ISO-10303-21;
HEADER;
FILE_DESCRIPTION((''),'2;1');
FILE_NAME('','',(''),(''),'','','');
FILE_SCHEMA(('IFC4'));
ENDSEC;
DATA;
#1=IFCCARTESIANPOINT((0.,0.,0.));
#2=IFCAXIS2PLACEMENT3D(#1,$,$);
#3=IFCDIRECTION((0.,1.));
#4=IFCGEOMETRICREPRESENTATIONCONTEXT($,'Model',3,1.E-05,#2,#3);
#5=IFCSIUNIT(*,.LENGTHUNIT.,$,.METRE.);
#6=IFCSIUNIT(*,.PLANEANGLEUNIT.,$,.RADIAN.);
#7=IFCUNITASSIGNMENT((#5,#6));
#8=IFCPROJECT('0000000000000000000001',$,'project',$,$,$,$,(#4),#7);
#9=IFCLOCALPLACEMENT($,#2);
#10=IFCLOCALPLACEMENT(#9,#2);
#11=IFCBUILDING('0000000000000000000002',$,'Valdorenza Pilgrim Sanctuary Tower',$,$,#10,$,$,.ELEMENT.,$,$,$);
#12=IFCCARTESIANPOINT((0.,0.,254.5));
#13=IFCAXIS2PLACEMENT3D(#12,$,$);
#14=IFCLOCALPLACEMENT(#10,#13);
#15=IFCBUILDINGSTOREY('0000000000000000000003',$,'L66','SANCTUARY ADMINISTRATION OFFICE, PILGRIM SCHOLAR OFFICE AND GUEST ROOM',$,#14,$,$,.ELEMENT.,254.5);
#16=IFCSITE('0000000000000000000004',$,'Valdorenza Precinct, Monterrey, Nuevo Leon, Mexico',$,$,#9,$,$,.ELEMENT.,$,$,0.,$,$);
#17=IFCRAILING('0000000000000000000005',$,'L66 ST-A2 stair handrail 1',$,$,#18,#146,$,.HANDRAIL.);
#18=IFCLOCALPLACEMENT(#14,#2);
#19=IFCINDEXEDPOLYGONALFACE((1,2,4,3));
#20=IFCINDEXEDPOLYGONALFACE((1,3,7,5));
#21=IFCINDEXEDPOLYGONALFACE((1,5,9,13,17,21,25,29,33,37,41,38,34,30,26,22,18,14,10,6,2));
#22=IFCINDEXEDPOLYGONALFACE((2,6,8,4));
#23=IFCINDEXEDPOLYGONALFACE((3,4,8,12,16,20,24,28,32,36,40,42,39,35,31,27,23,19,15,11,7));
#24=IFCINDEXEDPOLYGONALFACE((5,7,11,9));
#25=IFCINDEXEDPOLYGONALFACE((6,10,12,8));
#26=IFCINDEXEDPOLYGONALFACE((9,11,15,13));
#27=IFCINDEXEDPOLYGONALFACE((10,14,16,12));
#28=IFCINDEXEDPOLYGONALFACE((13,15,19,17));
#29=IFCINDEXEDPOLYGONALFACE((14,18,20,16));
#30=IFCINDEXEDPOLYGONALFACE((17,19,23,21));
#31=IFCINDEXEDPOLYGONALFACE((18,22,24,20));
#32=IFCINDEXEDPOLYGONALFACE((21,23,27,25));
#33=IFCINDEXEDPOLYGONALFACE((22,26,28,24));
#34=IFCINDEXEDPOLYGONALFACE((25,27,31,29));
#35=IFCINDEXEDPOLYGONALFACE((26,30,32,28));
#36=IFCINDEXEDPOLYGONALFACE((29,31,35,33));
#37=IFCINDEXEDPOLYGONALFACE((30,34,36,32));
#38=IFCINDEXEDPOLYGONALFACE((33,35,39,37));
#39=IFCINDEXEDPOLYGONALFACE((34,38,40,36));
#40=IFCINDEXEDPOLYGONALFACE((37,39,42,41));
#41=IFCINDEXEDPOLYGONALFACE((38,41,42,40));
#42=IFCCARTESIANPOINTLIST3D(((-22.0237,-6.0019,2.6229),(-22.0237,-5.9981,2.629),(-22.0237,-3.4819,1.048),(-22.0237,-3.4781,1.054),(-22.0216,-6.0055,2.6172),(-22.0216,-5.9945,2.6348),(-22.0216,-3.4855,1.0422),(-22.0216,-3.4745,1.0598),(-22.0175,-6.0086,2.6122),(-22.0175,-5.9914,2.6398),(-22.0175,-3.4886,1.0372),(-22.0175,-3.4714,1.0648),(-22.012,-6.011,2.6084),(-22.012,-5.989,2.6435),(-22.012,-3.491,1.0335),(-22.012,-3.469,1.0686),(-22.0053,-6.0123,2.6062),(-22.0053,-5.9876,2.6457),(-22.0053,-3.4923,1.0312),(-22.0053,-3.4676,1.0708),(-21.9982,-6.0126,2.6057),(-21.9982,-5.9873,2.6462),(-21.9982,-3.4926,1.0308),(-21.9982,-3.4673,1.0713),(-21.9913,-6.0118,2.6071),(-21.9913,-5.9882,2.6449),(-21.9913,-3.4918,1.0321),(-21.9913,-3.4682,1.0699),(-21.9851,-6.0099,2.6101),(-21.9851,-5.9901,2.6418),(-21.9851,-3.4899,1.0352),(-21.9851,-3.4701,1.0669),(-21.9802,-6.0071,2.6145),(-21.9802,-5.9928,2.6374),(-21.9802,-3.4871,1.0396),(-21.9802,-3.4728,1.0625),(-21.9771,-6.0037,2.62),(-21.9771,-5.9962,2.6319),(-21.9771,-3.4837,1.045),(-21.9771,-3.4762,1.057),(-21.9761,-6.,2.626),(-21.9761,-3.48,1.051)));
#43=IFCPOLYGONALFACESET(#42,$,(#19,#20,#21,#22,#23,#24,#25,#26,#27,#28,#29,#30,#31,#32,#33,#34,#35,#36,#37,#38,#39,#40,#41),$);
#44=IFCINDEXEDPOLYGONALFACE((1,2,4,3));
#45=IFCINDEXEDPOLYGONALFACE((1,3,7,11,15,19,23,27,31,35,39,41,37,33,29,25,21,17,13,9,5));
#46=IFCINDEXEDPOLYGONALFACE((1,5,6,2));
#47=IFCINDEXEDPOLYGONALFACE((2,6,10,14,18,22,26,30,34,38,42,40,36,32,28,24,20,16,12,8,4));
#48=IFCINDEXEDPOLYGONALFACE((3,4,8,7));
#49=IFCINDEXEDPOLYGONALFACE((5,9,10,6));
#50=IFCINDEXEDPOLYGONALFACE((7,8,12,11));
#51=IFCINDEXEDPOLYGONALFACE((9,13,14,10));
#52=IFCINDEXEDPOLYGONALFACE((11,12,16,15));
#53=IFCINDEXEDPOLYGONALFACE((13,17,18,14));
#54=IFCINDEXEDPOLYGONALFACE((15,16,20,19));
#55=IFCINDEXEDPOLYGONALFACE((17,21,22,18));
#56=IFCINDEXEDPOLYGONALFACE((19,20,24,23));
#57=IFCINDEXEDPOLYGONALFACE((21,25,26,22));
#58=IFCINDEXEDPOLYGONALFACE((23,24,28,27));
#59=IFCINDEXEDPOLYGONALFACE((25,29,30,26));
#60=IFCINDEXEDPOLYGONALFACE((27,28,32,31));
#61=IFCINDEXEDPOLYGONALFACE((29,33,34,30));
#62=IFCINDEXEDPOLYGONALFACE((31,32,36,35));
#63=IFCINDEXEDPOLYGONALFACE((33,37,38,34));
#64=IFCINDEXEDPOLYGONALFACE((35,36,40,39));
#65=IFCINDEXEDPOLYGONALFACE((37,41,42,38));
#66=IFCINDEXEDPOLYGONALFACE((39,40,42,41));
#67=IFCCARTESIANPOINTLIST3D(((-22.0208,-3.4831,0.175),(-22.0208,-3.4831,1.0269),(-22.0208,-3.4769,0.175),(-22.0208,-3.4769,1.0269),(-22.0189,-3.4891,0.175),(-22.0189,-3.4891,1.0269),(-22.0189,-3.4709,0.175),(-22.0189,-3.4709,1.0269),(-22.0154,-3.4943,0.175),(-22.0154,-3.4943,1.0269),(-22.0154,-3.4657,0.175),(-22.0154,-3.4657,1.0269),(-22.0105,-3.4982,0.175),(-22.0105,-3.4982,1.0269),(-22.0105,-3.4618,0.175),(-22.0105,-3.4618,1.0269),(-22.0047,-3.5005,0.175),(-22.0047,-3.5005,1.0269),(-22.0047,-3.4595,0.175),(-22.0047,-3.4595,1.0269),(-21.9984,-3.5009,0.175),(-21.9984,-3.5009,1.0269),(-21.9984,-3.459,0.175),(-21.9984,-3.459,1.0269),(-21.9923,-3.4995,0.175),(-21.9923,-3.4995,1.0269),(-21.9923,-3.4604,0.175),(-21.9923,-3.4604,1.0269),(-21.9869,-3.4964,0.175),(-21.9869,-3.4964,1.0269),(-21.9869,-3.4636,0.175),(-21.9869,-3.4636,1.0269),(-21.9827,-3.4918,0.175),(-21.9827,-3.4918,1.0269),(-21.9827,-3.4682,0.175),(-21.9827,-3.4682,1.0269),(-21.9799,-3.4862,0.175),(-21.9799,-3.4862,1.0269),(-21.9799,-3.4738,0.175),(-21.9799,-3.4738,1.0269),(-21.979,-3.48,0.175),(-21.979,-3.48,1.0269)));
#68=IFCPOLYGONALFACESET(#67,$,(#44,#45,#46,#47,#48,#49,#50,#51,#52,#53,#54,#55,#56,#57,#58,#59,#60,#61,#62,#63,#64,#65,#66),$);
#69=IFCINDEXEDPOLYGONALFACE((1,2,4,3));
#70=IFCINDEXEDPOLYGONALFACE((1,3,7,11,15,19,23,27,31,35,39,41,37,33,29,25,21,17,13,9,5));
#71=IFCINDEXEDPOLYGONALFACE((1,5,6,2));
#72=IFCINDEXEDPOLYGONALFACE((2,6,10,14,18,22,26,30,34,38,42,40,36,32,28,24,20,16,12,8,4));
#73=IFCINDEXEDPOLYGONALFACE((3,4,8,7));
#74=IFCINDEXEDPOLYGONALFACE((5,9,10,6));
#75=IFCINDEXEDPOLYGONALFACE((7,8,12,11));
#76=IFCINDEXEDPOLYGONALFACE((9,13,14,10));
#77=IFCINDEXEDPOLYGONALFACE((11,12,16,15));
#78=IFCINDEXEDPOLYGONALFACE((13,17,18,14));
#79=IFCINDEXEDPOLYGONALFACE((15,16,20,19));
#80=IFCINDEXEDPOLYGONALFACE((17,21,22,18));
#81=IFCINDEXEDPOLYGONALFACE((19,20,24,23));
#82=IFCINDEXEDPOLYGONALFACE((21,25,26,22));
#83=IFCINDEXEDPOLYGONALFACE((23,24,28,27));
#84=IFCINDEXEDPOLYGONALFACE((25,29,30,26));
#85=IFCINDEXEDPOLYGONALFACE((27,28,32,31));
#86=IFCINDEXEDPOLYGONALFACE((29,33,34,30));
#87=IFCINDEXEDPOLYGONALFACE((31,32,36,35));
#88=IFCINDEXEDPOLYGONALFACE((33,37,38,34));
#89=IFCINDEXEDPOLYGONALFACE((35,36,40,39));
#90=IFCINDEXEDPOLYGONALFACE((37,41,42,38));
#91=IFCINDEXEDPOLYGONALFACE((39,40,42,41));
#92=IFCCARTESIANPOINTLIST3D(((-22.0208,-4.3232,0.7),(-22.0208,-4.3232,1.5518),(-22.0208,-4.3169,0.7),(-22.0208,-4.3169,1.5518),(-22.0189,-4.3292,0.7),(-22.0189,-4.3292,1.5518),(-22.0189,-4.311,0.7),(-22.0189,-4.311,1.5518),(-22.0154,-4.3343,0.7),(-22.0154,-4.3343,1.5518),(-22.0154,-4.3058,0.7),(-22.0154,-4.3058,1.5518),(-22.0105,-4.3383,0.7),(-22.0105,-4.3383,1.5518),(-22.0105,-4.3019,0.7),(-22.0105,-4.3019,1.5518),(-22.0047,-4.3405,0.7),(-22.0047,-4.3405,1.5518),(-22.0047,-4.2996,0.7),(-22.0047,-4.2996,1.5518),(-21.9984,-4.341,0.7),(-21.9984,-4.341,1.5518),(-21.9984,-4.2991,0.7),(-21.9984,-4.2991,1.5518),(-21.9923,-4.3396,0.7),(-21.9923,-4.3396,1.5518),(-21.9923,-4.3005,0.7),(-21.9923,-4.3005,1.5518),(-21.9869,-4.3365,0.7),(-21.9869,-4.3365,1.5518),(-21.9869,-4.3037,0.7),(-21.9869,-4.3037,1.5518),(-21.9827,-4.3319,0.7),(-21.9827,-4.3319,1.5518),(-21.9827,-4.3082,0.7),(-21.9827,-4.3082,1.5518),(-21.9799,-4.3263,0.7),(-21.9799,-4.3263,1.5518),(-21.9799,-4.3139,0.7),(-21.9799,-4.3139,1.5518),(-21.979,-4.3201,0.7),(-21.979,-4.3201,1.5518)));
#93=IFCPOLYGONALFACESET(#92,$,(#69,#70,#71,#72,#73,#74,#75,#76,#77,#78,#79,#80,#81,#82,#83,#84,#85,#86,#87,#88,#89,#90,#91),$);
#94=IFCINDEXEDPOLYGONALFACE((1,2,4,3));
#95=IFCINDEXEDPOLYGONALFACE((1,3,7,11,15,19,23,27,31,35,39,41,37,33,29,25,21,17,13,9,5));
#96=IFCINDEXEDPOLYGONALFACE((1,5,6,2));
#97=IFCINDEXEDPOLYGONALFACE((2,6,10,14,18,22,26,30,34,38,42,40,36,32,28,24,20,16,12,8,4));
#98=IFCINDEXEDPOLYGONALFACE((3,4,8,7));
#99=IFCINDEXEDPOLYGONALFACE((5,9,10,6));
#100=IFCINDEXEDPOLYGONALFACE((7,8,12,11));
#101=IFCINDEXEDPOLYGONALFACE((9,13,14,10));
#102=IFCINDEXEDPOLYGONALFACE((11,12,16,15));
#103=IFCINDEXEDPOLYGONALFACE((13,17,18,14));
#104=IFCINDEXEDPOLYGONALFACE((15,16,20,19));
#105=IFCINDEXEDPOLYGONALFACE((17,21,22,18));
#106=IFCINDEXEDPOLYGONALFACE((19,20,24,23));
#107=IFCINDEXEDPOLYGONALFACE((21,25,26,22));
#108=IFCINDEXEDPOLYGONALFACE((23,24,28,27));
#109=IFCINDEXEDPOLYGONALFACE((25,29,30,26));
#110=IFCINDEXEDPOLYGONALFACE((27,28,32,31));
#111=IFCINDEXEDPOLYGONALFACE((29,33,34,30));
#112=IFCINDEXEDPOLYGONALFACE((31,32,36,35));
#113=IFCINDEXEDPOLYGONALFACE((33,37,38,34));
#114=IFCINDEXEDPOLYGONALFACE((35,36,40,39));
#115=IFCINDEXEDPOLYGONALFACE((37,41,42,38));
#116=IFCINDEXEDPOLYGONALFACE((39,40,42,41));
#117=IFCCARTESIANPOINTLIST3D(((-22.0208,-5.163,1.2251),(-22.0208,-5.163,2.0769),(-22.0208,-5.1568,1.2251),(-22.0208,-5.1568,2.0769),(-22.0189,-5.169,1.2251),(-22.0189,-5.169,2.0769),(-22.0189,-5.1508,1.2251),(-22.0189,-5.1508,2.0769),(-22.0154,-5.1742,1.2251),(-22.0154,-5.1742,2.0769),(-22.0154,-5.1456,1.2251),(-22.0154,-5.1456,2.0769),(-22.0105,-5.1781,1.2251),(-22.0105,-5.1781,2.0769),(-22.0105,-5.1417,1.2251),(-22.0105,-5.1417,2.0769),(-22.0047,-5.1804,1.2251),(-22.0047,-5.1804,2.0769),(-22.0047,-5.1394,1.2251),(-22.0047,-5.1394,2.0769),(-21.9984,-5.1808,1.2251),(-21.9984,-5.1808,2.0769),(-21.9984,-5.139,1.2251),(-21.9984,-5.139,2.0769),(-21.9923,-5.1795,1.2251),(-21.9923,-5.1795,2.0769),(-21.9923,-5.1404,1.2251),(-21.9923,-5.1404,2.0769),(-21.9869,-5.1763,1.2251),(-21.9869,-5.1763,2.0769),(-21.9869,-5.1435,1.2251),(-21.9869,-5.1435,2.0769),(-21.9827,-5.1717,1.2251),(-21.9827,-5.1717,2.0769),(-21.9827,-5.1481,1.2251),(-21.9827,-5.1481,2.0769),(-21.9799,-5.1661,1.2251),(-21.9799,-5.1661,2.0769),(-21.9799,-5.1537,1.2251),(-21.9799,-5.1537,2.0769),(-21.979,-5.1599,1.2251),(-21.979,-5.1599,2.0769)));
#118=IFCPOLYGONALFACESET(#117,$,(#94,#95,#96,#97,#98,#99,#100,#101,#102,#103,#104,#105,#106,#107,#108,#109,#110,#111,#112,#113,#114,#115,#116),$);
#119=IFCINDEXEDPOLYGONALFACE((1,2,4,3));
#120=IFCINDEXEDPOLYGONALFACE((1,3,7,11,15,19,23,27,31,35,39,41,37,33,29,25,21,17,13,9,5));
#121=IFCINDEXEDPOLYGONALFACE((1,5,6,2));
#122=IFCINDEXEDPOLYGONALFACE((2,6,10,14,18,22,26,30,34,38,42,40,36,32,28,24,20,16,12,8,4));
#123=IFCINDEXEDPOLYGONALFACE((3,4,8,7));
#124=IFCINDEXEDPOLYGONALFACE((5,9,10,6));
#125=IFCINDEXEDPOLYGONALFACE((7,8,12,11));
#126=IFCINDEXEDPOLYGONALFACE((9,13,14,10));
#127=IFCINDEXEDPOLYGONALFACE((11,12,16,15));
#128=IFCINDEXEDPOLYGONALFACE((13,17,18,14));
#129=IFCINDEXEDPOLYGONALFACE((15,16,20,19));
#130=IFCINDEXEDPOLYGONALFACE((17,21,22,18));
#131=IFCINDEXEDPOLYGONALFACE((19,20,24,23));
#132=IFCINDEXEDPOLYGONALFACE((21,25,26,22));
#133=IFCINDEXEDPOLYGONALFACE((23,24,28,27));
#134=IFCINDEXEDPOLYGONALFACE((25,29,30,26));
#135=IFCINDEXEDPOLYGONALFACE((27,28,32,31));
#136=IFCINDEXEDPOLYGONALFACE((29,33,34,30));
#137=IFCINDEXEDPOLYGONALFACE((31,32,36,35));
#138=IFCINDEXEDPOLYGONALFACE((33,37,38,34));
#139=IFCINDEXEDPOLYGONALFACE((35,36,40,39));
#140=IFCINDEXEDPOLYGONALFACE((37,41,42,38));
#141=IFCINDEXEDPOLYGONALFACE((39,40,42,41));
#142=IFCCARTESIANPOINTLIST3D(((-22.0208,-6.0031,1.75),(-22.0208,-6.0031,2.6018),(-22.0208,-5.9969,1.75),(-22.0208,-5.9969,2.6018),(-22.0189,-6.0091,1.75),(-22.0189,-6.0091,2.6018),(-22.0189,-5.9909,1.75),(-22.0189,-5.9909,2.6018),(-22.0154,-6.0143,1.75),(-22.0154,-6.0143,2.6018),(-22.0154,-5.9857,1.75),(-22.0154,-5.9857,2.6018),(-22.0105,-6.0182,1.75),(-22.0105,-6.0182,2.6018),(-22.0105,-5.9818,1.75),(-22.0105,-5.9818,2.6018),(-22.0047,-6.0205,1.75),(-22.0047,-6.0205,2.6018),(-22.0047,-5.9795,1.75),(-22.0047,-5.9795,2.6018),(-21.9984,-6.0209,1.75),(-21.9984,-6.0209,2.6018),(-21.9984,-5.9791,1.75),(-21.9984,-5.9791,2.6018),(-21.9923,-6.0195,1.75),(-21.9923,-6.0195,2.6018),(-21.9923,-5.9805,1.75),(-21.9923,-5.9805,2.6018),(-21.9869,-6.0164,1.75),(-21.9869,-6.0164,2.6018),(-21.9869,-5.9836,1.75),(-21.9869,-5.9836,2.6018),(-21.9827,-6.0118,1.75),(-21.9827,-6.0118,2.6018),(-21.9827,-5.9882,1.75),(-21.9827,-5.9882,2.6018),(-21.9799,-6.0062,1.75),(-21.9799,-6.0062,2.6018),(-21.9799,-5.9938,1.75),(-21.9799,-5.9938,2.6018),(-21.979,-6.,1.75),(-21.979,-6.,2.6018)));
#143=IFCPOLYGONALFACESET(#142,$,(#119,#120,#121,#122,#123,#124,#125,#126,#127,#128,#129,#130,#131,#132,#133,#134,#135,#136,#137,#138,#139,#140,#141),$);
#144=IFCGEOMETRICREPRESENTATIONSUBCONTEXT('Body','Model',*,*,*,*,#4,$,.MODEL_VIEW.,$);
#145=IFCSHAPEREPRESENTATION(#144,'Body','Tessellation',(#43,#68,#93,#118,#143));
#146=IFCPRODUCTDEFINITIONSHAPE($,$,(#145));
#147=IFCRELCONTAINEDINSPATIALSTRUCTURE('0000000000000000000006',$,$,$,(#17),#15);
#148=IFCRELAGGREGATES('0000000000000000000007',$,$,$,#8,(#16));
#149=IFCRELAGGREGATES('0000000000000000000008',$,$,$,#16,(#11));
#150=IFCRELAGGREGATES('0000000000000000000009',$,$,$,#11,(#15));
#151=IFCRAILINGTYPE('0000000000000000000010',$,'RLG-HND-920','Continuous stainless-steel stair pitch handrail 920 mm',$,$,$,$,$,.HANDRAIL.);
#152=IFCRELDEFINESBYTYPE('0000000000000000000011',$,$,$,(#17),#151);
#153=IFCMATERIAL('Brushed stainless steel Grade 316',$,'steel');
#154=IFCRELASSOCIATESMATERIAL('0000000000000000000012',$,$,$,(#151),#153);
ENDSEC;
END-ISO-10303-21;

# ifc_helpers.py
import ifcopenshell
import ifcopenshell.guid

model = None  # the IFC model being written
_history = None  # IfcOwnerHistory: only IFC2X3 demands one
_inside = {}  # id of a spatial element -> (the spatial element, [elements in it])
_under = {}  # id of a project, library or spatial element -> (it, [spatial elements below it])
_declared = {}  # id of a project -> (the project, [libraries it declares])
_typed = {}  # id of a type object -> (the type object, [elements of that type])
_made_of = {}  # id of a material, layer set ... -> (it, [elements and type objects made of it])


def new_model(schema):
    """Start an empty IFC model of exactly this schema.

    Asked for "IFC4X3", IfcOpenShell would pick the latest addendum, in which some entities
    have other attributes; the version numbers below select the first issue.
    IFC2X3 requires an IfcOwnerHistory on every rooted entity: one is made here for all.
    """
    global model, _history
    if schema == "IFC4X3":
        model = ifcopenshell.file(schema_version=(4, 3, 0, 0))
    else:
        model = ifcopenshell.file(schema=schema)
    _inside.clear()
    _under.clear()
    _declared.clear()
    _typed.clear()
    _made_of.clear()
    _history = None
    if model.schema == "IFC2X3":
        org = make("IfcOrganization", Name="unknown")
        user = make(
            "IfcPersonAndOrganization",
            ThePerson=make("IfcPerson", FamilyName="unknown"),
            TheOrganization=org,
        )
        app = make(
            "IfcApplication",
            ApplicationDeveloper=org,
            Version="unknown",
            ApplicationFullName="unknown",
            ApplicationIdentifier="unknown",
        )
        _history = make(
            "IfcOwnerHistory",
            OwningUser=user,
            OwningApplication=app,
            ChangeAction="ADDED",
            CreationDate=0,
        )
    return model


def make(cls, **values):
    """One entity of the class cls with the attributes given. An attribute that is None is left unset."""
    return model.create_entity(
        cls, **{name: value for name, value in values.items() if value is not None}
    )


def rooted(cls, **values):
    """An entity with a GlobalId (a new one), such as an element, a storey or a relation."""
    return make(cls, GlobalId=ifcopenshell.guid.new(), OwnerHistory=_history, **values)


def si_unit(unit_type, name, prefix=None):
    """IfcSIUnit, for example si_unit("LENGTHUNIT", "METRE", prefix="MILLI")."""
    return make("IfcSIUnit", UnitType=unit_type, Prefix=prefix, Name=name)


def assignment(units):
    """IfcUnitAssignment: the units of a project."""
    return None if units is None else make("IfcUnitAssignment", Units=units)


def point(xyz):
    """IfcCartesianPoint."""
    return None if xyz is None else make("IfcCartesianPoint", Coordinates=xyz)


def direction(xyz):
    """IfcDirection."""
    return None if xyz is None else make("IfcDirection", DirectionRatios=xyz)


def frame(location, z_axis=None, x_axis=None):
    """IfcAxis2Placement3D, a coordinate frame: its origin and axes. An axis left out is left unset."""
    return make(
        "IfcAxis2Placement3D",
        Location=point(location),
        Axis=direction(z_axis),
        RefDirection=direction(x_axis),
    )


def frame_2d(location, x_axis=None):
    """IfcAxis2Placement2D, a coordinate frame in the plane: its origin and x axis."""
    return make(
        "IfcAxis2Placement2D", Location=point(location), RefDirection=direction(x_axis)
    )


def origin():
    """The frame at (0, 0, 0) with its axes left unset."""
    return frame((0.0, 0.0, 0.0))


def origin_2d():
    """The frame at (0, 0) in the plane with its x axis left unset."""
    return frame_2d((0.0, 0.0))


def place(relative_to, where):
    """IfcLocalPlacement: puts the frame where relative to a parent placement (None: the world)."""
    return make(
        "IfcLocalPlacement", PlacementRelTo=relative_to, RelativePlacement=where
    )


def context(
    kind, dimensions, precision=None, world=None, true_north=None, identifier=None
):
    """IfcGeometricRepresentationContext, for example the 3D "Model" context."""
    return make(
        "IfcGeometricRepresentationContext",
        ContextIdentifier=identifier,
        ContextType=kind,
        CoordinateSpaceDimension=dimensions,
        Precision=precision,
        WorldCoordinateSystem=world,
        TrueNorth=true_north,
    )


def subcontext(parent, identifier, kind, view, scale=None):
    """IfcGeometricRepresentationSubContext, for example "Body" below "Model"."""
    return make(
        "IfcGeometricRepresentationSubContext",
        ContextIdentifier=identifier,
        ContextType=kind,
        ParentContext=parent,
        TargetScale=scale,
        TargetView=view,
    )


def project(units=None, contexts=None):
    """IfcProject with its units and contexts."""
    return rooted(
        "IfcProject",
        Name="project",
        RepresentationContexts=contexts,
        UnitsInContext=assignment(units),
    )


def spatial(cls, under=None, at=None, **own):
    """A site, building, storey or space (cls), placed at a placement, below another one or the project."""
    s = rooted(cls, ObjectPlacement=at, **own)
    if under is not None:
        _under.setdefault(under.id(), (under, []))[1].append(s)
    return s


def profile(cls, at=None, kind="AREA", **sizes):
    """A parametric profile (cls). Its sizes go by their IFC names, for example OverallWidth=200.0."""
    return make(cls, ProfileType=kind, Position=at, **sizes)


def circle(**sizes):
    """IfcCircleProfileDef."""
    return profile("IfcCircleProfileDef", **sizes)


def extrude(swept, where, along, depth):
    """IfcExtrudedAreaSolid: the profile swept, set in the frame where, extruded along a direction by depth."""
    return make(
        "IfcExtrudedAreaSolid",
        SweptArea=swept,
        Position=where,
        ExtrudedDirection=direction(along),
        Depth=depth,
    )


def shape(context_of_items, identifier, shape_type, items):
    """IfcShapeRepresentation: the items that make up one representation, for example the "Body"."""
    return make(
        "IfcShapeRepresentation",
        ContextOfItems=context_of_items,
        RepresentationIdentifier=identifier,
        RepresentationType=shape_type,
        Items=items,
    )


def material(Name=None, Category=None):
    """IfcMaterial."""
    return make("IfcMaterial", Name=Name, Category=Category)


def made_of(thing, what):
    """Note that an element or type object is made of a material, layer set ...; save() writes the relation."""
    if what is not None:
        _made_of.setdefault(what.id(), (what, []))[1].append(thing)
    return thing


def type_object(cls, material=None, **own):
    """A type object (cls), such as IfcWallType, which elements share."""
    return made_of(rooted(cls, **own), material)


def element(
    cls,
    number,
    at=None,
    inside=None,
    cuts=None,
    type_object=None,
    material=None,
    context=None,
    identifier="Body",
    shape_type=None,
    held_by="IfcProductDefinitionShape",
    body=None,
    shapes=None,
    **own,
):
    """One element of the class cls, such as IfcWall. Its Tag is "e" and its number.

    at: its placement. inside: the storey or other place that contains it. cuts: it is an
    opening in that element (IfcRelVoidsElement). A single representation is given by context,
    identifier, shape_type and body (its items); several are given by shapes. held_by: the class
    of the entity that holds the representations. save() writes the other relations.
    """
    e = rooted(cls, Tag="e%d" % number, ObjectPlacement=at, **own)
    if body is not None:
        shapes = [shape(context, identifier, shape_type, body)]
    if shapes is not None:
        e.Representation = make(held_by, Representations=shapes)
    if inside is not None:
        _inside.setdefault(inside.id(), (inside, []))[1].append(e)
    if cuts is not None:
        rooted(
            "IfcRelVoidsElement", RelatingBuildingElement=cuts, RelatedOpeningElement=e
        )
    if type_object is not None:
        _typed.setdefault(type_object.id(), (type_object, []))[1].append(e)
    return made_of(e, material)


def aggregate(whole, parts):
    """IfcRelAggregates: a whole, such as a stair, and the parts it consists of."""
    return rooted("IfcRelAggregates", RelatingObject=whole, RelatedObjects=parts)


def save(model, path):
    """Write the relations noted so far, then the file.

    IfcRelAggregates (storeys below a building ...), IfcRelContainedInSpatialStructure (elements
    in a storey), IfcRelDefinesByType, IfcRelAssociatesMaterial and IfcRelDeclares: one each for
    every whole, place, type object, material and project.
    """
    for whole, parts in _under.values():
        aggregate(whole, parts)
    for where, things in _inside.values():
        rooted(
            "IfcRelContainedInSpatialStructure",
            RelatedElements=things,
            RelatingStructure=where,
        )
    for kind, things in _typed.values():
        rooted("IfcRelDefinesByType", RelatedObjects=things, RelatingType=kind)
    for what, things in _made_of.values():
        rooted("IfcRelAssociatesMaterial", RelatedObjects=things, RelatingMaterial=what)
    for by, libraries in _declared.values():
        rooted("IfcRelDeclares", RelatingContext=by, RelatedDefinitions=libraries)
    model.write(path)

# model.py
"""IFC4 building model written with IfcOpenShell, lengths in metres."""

from ifc_helpers import new_model, si_unit, direction, frame, origin, origin_2d, place, context, subcontext, project, spatial, circle, extrude, material, type_object, element, save


model = new_model("IFC4")

# Units and contexts
model_context = context("Model", 3, precision=1e-05, world=origin(), true_north=direction((0.0, 1.0)))
body_context = subcontext(model_context, "Body", "Model", "MODEL_VIEW")
ifc_project = project(units=[si_unit("LENGTHUNIT", "METRE"), si_unit("PLANEANGLEUNIT", "RADIAN")], contexts=[model_context])

# Site, building, storey
site_placement = place(None, origin())
site = spatial("IfcSite", under=ifc_project, at=site_placement, Name="Valdorenza Precinct, Monterrey, Nuevo Leon, Mexico", CompositionType="ELEMENT", RefElevation=0.0)
building_placement = place(site_placement, origin())
building = spatial("IfcBuilding", under=site, at=building_placement, Name="Valdorenza Pilgrim Sanctuary Tower", CompositionType="ELEMENT")
storey_placement = place(building_placement, frame((0.0, 0.0, 254.5)))
storey = spatial("IfcBuildingStorey", under=building, at=storey_placement, Name="L66", Description="SANCTUARY ADMINISTRATION OFFICE, PILGRIM SCHOLAR OFFICE AND GUEST ROOM", CompositionType="ELEMENT", Elevation=254.5)

# Shared definitions
ifc_material_1 = material(Name="Brushed stainless steel Grade 316", Category="steel")

# Railing
railing_type_1 = type_object("IfcRailingType", Name="RLG-HND-920", Description="Continuous stainless-steel stair pitch handrail 920 mm", PredefinedType="HANDRAIL", material=ifc_material_1)
railing_1_placement = place(storey_placement, frame((-22.0, -3.48, 0.175)))
element("IfcRailing", 1, at=railing_1_placement, inside=storey, type_object=railing_type_1, Name="L66 ST-A2 stair handrail 1", PredefinedType="HANDRAIL", context=body_context, shape_type="SweptSolid", body=[
    extrude(circle(Radius=0.0239, at=origin_2d()), frame((0.0, 0.0, 0.876), z_axis=(0.0, -0.848008, 0.529984), x_axis=(1.0, 0.0, 0.0)), (0.0, 0.0, 1.0), 2.9717),
    extrude(circle(Radius=0.021, at=origin_2d()), origin(), (0.0, 0.0, 1.0), 0.8518),
    extrude(circle(Radius=0.021, at=origin_2d()), frame((0.0, -0.8401, 0.5249)), (0.0, 0.0, 1.0), 0.8518),
    extrude(circle(Radius=0.021, at=origin_2d()), frame((0.0, -1.6799, 1.05)), (0.0, 0.0, 1.0), 0.8518),
    extrude(circle(Radius=0.021, at=origin_2d()), frame((0.0, -2.52, 1.575)), (0.0, 0.0, 1.0), 0.8518),
])

save(model, "model.ifc")
